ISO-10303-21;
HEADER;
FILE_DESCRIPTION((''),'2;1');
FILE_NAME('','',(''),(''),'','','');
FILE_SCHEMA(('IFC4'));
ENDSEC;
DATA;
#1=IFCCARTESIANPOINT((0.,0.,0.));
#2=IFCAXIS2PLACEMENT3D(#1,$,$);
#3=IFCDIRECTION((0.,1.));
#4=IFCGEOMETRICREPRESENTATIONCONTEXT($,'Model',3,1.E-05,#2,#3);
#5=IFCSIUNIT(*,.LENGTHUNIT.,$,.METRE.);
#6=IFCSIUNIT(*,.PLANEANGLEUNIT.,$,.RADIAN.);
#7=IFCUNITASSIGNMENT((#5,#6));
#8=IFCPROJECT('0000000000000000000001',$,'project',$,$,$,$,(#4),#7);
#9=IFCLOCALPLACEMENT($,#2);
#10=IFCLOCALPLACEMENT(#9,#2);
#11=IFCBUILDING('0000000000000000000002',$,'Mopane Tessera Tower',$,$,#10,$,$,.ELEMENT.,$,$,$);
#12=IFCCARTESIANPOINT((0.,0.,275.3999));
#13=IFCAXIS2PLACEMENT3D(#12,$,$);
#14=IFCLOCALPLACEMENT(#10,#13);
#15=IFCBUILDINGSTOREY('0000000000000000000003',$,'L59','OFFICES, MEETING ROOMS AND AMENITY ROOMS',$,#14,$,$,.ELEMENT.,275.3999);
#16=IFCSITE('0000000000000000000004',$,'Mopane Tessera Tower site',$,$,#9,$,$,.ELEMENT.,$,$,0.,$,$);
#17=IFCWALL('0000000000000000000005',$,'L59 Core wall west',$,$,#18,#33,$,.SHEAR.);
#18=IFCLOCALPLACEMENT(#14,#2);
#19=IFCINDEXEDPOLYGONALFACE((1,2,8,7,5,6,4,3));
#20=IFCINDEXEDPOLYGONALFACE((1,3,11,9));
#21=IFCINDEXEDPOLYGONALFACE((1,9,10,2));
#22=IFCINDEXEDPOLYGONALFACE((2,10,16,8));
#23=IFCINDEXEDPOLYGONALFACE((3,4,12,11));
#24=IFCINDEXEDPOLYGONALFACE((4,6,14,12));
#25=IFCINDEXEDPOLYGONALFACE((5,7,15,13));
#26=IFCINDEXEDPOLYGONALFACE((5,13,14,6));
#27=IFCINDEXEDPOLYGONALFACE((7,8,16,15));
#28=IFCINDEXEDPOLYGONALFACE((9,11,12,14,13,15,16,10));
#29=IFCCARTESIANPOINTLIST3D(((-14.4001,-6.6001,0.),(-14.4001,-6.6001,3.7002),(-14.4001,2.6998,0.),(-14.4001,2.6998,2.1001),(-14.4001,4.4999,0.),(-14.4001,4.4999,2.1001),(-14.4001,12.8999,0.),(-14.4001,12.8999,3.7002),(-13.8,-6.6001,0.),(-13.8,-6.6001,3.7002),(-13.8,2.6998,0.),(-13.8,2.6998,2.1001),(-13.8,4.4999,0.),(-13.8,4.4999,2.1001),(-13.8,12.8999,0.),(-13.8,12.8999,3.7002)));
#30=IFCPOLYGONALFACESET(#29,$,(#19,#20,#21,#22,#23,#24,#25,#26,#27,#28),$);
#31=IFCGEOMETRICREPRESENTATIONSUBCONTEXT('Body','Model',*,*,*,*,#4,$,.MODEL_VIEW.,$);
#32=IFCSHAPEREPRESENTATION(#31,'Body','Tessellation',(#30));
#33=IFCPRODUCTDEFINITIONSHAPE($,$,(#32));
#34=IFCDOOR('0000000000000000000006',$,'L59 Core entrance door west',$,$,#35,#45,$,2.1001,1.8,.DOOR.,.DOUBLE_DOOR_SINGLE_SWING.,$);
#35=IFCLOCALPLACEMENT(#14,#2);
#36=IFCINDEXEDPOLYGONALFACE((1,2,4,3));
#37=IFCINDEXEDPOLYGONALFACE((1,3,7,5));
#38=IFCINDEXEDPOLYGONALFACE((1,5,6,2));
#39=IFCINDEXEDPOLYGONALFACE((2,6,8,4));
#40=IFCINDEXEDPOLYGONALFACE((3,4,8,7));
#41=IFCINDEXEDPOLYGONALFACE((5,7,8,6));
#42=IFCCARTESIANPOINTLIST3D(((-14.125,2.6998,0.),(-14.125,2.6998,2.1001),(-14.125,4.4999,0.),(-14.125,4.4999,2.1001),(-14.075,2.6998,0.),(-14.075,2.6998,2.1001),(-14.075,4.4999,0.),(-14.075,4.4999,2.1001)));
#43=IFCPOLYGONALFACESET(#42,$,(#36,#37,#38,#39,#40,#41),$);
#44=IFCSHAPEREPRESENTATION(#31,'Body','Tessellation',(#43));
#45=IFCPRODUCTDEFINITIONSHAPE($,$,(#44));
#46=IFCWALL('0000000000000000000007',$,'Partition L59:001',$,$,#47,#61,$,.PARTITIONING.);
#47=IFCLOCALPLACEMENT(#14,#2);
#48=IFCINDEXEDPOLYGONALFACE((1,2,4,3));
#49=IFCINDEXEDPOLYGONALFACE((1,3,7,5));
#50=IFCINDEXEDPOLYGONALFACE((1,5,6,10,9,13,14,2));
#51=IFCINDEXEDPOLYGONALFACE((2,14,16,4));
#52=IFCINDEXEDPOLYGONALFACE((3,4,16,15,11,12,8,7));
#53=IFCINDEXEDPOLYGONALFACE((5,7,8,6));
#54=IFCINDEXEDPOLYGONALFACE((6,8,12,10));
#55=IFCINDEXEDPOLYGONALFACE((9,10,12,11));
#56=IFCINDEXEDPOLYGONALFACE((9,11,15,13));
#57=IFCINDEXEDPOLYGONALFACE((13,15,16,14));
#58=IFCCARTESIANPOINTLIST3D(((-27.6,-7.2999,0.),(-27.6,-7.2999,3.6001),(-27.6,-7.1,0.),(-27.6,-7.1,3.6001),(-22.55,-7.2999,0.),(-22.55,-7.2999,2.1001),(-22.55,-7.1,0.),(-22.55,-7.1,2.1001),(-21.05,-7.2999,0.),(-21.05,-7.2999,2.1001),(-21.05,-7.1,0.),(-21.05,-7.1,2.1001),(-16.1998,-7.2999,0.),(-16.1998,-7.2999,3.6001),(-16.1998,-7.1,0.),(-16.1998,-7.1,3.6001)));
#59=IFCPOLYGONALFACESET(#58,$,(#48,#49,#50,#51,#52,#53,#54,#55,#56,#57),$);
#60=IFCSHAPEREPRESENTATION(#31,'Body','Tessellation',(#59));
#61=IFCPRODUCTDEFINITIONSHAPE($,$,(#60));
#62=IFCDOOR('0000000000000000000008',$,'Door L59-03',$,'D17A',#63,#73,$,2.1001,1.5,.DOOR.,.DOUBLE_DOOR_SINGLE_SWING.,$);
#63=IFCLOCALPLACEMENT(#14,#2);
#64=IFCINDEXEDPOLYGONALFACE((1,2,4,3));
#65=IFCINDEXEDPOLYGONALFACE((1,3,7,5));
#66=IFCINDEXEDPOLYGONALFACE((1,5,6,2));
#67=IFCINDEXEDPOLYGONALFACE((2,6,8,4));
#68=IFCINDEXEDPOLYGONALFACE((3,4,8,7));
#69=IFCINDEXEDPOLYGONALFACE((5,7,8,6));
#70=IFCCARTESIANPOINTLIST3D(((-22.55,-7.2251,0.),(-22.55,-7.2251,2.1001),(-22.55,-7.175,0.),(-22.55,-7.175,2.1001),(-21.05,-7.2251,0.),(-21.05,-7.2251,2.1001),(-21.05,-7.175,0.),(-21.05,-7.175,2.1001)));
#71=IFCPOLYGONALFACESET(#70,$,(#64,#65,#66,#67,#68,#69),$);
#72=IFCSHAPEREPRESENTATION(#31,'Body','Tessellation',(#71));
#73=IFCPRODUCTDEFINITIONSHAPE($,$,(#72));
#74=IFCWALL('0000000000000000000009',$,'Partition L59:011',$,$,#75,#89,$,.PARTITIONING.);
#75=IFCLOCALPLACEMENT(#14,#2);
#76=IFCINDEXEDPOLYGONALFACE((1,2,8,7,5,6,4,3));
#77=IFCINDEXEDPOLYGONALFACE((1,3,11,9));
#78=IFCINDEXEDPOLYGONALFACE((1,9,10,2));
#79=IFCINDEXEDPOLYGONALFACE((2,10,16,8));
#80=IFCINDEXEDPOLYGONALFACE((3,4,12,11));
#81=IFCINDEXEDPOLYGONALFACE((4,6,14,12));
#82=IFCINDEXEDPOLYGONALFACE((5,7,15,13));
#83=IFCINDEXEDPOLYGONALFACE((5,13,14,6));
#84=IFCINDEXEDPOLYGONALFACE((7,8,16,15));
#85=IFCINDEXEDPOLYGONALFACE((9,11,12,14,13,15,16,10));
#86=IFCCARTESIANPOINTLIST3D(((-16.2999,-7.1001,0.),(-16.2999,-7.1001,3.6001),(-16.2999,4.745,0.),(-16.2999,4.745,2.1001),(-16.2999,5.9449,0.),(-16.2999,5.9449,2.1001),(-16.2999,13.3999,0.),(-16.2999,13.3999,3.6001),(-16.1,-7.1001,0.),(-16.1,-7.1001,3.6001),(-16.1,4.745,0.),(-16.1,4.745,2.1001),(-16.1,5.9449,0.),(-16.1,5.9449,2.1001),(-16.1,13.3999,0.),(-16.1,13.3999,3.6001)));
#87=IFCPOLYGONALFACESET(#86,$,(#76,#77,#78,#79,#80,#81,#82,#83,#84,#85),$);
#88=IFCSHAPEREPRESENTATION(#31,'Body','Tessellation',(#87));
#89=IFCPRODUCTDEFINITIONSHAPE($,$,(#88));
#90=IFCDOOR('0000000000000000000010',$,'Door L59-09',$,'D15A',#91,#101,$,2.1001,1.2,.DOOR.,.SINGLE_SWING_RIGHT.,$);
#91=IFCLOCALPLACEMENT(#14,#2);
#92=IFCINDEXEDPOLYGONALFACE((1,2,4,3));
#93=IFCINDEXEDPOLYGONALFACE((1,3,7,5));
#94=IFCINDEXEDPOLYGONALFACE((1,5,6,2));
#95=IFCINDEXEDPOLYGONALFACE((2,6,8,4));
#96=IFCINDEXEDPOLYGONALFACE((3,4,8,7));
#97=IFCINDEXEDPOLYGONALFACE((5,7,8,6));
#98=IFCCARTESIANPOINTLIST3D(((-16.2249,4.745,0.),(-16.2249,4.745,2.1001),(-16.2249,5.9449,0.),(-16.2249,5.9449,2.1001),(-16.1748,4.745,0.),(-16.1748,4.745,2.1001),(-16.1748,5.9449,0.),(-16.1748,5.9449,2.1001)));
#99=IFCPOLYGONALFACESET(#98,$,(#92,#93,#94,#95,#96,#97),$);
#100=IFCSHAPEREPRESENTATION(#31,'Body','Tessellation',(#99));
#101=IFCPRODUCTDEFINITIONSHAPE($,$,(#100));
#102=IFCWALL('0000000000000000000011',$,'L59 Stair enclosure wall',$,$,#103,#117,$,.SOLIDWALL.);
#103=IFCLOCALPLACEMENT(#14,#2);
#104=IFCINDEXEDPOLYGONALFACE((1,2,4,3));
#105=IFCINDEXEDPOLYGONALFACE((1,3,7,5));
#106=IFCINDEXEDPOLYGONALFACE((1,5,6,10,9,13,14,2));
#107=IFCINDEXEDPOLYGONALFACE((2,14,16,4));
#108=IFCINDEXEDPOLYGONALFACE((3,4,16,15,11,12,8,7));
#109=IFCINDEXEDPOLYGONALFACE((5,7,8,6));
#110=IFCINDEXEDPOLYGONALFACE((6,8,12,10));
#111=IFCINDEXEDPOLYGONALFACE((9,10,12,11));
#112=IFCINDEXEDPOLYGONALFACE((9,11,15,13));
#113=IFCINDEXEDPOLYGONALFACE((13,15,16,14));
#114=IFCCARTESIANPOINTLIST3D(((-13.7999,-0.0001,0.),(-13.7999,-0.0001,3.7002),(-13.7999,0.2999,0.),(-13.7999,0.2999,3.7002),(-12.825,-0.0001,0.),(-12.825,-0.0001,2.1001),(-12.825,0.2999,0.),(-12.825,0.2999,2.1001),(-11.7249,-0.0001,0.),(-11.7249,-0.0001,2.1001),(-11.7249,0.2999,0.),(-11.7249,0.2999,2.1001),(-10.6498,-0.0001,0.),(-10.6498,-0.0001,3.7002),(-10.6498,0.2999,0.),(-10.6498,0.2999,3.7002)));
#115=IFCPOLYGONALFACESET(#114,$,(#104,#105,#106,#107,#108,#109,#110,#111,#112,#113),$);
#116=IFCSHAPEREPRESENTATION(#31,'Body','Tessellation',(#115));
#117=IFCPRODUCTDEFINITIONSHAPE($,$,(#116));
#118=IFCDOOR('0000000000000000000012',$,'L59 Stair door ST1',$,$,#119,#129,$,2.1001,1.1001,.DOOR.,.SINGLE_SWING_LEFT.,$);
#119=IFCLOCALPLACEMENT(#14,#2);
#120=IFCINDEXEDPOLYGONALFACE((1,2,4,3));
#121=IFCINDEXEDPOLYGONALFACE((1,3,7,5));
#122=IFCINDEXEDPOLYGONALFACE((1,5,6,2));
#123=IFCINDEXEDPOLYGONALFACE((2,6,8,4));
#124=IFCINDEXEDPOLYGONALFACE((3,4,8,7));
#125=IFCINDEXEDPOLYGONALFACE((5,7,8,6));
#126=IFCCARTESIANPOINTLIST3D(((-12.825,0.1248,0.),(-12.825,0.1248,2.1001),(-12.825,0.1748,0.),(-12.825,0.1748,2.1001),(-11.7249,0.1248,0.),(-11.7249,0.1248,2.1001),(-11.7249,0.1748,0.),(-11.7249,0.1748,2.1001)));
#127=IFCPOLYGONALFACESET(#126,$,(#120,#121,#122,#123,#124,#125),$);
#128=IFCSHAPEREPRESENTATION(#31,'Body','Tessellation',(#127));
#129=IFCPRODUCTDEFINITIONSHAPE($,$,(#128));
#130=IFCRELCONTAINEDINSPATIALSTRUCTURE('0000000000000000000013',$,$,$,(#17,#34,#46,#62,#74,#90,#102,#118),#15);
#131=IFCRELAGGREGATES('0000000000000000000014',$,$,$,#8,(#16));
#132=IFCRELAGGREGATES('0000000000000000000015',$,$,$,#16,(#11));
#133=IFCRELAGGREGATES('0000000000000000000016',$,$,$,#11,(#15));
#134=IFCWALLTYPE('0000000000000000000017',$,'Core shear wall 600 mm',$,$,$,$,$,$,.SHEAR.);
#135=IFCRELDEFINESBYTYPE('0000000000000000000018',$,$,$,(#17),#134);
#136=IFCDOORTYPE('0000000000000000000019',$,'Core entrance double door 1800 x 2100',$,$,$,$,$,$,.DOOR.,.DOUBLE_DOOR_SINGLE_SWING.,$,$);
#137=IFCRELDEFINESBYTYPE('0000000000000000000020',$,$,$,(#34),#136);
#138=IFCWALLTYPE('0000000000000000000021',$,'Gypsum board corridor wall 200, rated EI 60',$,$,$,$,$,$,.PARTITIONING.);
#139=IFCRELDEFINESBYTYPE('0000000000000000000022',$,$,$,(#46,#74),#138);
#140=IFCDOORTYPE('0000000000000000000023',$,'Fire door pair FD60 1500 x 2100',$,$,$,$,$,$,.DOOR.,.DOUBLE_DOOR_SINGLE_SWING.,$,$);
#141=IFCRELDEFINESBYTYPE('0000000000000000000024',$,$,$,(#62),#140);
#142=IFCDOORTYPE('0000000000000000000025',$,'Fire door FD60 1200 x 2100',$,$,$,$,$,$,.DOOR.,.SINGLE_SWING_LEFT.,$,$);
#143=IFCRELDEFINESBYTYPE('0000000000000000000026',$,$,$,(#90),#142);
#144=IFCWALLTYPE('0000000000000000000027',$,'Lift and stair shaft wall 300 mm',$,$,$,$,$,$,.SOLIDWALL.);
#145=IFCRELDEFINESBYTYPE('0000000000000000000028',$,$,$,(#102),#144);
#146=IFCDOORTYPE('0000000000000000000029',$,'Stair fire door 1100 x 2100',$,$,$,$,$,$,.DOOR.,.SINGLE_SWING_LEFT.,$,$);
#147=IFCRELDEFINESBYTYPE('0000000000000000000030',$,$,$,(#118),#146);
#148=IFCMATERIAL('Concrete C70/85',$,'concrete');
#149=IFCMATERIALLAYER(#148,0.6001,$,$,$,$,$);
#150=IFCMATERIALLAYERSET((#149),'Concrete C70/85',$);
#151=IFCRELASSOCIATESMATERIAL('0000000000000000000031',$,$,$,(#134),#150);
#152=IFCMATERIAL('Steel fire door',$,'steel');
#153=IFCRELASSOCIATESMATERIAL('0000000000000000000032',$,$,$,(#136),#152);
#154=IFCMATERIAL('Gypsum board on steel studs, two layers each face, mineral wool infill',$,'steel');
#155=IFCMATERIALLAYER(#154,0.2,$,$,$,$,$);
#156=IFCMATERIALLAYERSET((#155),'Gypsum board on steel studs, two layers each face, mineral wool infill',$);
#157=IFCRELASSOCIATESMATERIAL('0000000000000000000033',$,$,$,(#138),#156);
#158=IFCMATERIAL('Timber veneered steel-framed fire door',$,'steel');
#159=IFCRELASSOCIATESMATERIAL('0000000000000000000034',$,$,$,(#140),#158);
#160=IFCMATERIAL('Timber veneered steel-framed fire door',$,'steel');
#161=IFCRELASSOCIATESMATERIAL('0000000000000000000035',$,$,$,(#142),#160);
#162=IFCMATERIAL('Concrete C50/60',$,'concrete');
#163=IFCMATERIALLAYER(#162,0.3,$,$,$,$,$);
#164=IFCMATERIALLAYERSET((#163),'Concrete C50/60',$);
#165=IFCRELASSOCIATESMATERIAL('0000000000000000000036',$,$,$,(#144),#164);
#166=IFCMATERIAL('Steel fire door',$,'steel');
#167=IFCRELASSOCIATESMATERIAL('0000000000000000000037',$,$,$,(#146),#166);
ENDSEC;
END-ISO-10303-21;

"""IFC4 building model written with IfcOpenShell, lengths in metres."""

from ifc_helpers import new_model, si_unit, direction, frame, frame_2d, origin, place, context, subcontext, project, spatial, rectangle, extrude, material, layer, layer_set, type_object, element, fill, save


model = new_model("IFC4")

# Units and contexts
model_context = context("Model", 3, precision=1e-05, world=origin(), true_north=direction((0.0, 1.0)))
body_context = subcontext(model_context, "Body", "Model", "MODEL_VIEW")
ifc_project = project(units=[si_unit("LENGTHUNIT", "METRE"), si_unit("PLANEANGLEUNIT", "RADIAN")], contexts=[model_context])

# Site, building, storey
site_placement = place(None, origin())
site = spatial("IfcSite", under=ifc_project, at=site_placement, Name="Mopane Tessera Tower site", CompositionType="ELEMENT", RefElevation=0.0)
building_placement = place(site_placement, origin())
building = spatial("IfcBuilding", under=site, at=building_placement, Name="Mopane Tessera Tower", CompositionType="ELEMENT")
storey_placement = place(building_placement, frame((0.0, 0.0, 275.3999)))
storey = spatial("IfcBuildingStorey", under=building, at=storey_placement, Name="L59", Description="OFFICES, MEETING ROOMS AND AMENITY ROOMS", CompositionType="ELEMENT", Elevation=275.3999)

# Shared definitions
ifc_material_1 = material(Name="Concrete C70/85", Category="concrete")
ifc_layer_1 = layer(ifc_material_1, 0.6001)
ifc_layer_set_1 = layer_set([ifc_layer_1], Name="Concrete C70/85")
wall_type_1 = type_object("IfcWallType", Name="Core shear wall 600 mm", PredefinedType="SHEAR", material=ifc_layer_set_1)
ifc_material_2 = material(Name="Steel fire door", Category="steel")
door_type_1 = type_object("IfcDoorType", Name="Core entrance double door 1800 x 2100", OperationType="DOUBLE_DOOR_SINGLE_SWING", PredefinedType="DOOR", material=ifc_material_2)

# Walls, openings, doors
wall_1_placement = place(storey_placement, frame((-14.1001, -6.6001, 0.0), z_axis=(0.0, 0.0, 1.0), x_axis=(0.0, 1.0, 0.0)))
wall_1 = element("IfcWall", 1, at=wall_1_placement, inside=storey, type_object=wall_type_1, Name="L59 Core wall west", PredefinedType="SHEAR", context=body_context, shape_type="SweptSolid", body=[
    extrude(rectangle(XDim=19.5, YDim=0.6001, at=frame_2d((9.75, 0.0))), origin(), (0.0, 0.0, 1.0), 3.7002),
])
opening_1_placement = place(wall_1_placement, frame((9.3, 0.0, 0.0)))
opening_1 = element("IfcOpeningElement", 2, at=opening_1_placement, cuts=wall_1, PredefinedType="OPENING", context=body_context, shape_type="SweptSolid", body=[
    extrude(rectangle(XDim=1.8, YDim=2.1001, at=frame_2d((0.8999, 1.05))), frame((0.0, 0.312, 0.0), z_axis=(0.0, -1.0, 0.0), x_axis=(1.0, 0.0, 0.0)), (0.0, 0.0, 1.0), 0.624),
])
door_1_placement = place(opening_1_placement, origin())
door_1 = element("IfcDoor", 3, at=door_1_placement, inside=storey, type_object=door_type_1, Name="L59 Core entrance door west", OperationType="DOUBLE_DOOR_SINGLE_SWING", OverallHeight=2.1001, OverallWidth=1.8, PredefinedType="DOOR", context=body_context, shape_type="SweptSolid", body=[
    extrude(rectangle(XDim=1.8, YDim=2.1001, at=frame_2d((0.8999, 1.05))), frame((0.0, 0.0249, 0.0), z_axis=(0.0, -1.0, 0.0), x_axis=(1.0, 0.0, 0.0)), (0.0, 0.0, 1.0), 0.05),
])
fill(opening_1, door_1)
ifc_material_3 = material(Name="Gypsum board on steel studs, two layers each face, mineral wool infill", Category="steel")
ifc_layer_2 = layer(ifc_material_3, 0.2)
ifc_layer_set_2 = layer_set([ifc_layer_2], Name="Gypsum board on steel studs, two layers each face, mineral wool infill")
wall_type_2 = type_object("IfcWallType", Name="Gypsum board corridor wall 200, rated EI 60", PredefinedType="PARTITIONING", material=ifc_layer_set_2)
wall_2_placement = place(storey_placement, frame((-27.6001, -7.2, 0.0), z_axis=(0.0, 0.0, 1.0), x_axis=(1.0, 0.0, 0.0)))
wall_2 = element("IfcWall", 4, at=wall_2_placement, inside=storey, type_object=wall_type_2, Name="Partition L59:001", PredefinedType="PARTITIONING", context=body_context, shape_type="SweptSolid", body=[
    extrude(rectangle(XDim=11.4001, YDim=0.2, at=frame_2d((5.7002, 0.0))), origin(), (0.0, 0.0, 1.0), 3.6001),
])
opening_2_placement = place(wall_2_placement, frame((5.05, 0.0, 0.0)))
opening_2 = element("IfcOpeningElement", 5, at=opening_2_placement, cuts=wall_2, PredefinedType="OPENING", context=body_context, shape_type="SweptSolid", body=[
    extrude(rectangle(XDim=1.5, YDim=2.1001, at=frame_2d((0.75, 1.05))), frame((0.0, 0.1121, 0.0), z_axis=(0.0, -1.0, 0.0), x_axis=(1.0, 0.0, 0.0)), (0.0, 0.0, 1.0), 0.2239),
])
ifc_material_4 = material(Name="Timber veneered steel-framed fire door", Category="steel")
door_type_2 = type_object("IfcDoorType", Name="Fire door pair FD60 1500 x 2100", OperationType="DOUBLE_DOOR_SINGLE_SWING", PredefinedType="DOOR", material=ifc_material_4)
door_2_placement = place(opening_2_placement, origin())
door_2 = element("IfcDoor", 6, at=door_2_placement, inside=storey, type_object=door_type_2, Name="Door L59-03", ObjectType="D17A", OperationType="DOUBLE_DOOR_SINGLE_SWING", OverallHeight=2.1001, OverallWidth=1.5, PredefinedType="DOOR", context=body_context, shape_type="SweptSolid", body=[
    extrude(rectangle(XDim=1.5, YDim=2.1001, at=frame_2d((0.75, 1.05))), frame((0.0, 0.0249, 0.0), z_axis=(0.0, -1.0, 0.0), x_axis=(1.0, 0.0, 0.0)), (0.0, 0.0, 1.0), 0.05),
])
fill(opening_2, door_2)
wall_3_placement = place(storey_placement, frame((-16.2, -7.1001, 0.0), z_axis=(0.0, 0.0, 1.0), x_axis=(0.0, 1.0, 0.0)))
wall_3 = element("IfcWall", 7, at=wall_3_placement, inside=storey, type_object=wall_type_2, Name="Partition L59:011", PredefinedType="PARTITIONING", context=body_context, shape_type="SweptSolid", body=[
    extrude(rectangle(XDim=20.5, YDim=0.2, at=frame_2d((10.25, 0.0))), origin(), (0.0, 0.0, 1.0), 3.6001),
])
opening_3_placement = place(wall_3_placement, frame((11.845, 0.0, 0.0)))
opening_3 = element("IfcOpeningElement", 8, at=opening_3_placement, cuts=wall_3, PredefinedType="OPENING", context=body_context, shape_type="SweptSolid", body=[
    extrude(rectangle(XDim=1.2, YDim=2.1001, at=frame_2d((0.6001, 1.05))), frame((0.0, 0.1121, 0.0), z_axis=(0.0, -1.0, 0.0), x_axis=(1.0, 0.0, 0.0)), (0.0, 0.0, 1.0), 0.2239),
])
ifc_material_5 = material(Name="Timber veneered steel-framed fire door", Category="steel")
door_type_3 = type_object("IfcDoorType", Name="Fire door FD60 1200 x 2100", OperationType="SINGLE_SWING_LEFT", PredefinedType="DOOR", material=ifc_material_5)
door_3_placement = place(opening_3_placement, origin())
door_3 = element("IfcDoor", 9, at=door_3_placement, inside=storey, type_object=door_type_3, Name="Door L59-09", ObjectType="D15A", OperationType="SINGLE_SWING_RIGHT", OverallHeight=2.1001, OverallWidth=1.2, PredefinedType="DOOR", context=body_context, shape_type="SweptSolid", body=[
    extrude(rectangle(XDim=1.2, YDim=2.1001, at=frame_2d((0.6001, 1.05))), frame((0.0, 0.0249, 0.0), z_axis=(0.0, -1.0, 0.0), x_axis=(1.0, 0.0, 0.0)), (0.0, 0.0, 1.0), 0.05),
])
fill(opening_3, door_3)
ifc_material_6 = material(Name="Concrete C50/60", Category="concrete")
ifc_layer_3 = layer(ifc_material_6, 0.3)
ifc_layer_set_3 = layer_set([ifc_layer_3], Name="Concrete C50/60")
wall_type_3 = type_object("IfcWallType", Name="Lift and stair shaft wall 300 mm", PredefinedType="SOLIDWALL", material=ifc_layer_set_3)
wall_4_placement = place(storey_placement, frame((-13.8, 0.1499, 0.0), z_axis=(0.0, 0.0, 1.0), x_axis=(1.0, 0.0, 0.0)))
wall_4 = element("IfcWall", 10, at=wall_4_placement, inside=storey, type_object=wall_type_3, Name="L59 Stair enclosure wall", PredefinedType="SOLIDWALL", context=body_context, shape_type="SweptSolid", body=[
    extrude(rectangle(XDim=3.1501, YDim=0.3, at=frame_2d((1.5752, 0.0))), origin(), (0.0, 0.0, 1.0), 3.7002),
])
opening_4_placement = place(wall_4_placement, frame((0.9751, 0.0, 0.0)))
opening_4 = element("IfcOpeningElement", 11, at=opening_4_placement, cuts=wall_4, PredefinedType="OPENING", context=body_context, shape_type="SweptSolid", body=[
    extrude(rectangle(XDim=1.1001, YDim=2.1001, at=frame_2d((0.55, 1.05))), frame((0.0, 0.1621, 0.0), z_axis=(0.0, -1.0, 0.0), x_axis=(1.0, 0.0, 0.0)), (0.0, 0.0, 1.0), 0.324),
])
ifc_material_7 = material(Name="Steel fire door", Category="steel")
door_type_4 = type_object("IfcDoorType", Name="Stair fire door 1100 x 2100", OperationType="SINGLE_SWING_LEFT", PredefinedType="DOOR", material=ifc_material_7)
door_4_placement = place(opening_4_placement, origin())
door_4 = element("IfcDoor", 12, at=door_4_placement, inside=storey, type_object=door_type_4, Name="L59 Stair door ST1", OperationType="SINGLE_SWING_LEFT", OverallHeight=2.1001, OverallWidth=1.1001, PredefinedType="DOOR", context=body_context, shape_type="SweptSolid", body=[
    extrude(rectangle(XDim=1.1001, YDim=2.1001, at=frame_2d((0.55, 1.05))), frame((0.0, 0.0249, 0.0), z_axis=(0.0, -1.0, 0.0), x_axis=(1.0, 0.0, 0.0)), (0.0, 0.0, 1.0), 0.05),
])
fill(opening_4, door_4)

save(model, "model.ifc")
